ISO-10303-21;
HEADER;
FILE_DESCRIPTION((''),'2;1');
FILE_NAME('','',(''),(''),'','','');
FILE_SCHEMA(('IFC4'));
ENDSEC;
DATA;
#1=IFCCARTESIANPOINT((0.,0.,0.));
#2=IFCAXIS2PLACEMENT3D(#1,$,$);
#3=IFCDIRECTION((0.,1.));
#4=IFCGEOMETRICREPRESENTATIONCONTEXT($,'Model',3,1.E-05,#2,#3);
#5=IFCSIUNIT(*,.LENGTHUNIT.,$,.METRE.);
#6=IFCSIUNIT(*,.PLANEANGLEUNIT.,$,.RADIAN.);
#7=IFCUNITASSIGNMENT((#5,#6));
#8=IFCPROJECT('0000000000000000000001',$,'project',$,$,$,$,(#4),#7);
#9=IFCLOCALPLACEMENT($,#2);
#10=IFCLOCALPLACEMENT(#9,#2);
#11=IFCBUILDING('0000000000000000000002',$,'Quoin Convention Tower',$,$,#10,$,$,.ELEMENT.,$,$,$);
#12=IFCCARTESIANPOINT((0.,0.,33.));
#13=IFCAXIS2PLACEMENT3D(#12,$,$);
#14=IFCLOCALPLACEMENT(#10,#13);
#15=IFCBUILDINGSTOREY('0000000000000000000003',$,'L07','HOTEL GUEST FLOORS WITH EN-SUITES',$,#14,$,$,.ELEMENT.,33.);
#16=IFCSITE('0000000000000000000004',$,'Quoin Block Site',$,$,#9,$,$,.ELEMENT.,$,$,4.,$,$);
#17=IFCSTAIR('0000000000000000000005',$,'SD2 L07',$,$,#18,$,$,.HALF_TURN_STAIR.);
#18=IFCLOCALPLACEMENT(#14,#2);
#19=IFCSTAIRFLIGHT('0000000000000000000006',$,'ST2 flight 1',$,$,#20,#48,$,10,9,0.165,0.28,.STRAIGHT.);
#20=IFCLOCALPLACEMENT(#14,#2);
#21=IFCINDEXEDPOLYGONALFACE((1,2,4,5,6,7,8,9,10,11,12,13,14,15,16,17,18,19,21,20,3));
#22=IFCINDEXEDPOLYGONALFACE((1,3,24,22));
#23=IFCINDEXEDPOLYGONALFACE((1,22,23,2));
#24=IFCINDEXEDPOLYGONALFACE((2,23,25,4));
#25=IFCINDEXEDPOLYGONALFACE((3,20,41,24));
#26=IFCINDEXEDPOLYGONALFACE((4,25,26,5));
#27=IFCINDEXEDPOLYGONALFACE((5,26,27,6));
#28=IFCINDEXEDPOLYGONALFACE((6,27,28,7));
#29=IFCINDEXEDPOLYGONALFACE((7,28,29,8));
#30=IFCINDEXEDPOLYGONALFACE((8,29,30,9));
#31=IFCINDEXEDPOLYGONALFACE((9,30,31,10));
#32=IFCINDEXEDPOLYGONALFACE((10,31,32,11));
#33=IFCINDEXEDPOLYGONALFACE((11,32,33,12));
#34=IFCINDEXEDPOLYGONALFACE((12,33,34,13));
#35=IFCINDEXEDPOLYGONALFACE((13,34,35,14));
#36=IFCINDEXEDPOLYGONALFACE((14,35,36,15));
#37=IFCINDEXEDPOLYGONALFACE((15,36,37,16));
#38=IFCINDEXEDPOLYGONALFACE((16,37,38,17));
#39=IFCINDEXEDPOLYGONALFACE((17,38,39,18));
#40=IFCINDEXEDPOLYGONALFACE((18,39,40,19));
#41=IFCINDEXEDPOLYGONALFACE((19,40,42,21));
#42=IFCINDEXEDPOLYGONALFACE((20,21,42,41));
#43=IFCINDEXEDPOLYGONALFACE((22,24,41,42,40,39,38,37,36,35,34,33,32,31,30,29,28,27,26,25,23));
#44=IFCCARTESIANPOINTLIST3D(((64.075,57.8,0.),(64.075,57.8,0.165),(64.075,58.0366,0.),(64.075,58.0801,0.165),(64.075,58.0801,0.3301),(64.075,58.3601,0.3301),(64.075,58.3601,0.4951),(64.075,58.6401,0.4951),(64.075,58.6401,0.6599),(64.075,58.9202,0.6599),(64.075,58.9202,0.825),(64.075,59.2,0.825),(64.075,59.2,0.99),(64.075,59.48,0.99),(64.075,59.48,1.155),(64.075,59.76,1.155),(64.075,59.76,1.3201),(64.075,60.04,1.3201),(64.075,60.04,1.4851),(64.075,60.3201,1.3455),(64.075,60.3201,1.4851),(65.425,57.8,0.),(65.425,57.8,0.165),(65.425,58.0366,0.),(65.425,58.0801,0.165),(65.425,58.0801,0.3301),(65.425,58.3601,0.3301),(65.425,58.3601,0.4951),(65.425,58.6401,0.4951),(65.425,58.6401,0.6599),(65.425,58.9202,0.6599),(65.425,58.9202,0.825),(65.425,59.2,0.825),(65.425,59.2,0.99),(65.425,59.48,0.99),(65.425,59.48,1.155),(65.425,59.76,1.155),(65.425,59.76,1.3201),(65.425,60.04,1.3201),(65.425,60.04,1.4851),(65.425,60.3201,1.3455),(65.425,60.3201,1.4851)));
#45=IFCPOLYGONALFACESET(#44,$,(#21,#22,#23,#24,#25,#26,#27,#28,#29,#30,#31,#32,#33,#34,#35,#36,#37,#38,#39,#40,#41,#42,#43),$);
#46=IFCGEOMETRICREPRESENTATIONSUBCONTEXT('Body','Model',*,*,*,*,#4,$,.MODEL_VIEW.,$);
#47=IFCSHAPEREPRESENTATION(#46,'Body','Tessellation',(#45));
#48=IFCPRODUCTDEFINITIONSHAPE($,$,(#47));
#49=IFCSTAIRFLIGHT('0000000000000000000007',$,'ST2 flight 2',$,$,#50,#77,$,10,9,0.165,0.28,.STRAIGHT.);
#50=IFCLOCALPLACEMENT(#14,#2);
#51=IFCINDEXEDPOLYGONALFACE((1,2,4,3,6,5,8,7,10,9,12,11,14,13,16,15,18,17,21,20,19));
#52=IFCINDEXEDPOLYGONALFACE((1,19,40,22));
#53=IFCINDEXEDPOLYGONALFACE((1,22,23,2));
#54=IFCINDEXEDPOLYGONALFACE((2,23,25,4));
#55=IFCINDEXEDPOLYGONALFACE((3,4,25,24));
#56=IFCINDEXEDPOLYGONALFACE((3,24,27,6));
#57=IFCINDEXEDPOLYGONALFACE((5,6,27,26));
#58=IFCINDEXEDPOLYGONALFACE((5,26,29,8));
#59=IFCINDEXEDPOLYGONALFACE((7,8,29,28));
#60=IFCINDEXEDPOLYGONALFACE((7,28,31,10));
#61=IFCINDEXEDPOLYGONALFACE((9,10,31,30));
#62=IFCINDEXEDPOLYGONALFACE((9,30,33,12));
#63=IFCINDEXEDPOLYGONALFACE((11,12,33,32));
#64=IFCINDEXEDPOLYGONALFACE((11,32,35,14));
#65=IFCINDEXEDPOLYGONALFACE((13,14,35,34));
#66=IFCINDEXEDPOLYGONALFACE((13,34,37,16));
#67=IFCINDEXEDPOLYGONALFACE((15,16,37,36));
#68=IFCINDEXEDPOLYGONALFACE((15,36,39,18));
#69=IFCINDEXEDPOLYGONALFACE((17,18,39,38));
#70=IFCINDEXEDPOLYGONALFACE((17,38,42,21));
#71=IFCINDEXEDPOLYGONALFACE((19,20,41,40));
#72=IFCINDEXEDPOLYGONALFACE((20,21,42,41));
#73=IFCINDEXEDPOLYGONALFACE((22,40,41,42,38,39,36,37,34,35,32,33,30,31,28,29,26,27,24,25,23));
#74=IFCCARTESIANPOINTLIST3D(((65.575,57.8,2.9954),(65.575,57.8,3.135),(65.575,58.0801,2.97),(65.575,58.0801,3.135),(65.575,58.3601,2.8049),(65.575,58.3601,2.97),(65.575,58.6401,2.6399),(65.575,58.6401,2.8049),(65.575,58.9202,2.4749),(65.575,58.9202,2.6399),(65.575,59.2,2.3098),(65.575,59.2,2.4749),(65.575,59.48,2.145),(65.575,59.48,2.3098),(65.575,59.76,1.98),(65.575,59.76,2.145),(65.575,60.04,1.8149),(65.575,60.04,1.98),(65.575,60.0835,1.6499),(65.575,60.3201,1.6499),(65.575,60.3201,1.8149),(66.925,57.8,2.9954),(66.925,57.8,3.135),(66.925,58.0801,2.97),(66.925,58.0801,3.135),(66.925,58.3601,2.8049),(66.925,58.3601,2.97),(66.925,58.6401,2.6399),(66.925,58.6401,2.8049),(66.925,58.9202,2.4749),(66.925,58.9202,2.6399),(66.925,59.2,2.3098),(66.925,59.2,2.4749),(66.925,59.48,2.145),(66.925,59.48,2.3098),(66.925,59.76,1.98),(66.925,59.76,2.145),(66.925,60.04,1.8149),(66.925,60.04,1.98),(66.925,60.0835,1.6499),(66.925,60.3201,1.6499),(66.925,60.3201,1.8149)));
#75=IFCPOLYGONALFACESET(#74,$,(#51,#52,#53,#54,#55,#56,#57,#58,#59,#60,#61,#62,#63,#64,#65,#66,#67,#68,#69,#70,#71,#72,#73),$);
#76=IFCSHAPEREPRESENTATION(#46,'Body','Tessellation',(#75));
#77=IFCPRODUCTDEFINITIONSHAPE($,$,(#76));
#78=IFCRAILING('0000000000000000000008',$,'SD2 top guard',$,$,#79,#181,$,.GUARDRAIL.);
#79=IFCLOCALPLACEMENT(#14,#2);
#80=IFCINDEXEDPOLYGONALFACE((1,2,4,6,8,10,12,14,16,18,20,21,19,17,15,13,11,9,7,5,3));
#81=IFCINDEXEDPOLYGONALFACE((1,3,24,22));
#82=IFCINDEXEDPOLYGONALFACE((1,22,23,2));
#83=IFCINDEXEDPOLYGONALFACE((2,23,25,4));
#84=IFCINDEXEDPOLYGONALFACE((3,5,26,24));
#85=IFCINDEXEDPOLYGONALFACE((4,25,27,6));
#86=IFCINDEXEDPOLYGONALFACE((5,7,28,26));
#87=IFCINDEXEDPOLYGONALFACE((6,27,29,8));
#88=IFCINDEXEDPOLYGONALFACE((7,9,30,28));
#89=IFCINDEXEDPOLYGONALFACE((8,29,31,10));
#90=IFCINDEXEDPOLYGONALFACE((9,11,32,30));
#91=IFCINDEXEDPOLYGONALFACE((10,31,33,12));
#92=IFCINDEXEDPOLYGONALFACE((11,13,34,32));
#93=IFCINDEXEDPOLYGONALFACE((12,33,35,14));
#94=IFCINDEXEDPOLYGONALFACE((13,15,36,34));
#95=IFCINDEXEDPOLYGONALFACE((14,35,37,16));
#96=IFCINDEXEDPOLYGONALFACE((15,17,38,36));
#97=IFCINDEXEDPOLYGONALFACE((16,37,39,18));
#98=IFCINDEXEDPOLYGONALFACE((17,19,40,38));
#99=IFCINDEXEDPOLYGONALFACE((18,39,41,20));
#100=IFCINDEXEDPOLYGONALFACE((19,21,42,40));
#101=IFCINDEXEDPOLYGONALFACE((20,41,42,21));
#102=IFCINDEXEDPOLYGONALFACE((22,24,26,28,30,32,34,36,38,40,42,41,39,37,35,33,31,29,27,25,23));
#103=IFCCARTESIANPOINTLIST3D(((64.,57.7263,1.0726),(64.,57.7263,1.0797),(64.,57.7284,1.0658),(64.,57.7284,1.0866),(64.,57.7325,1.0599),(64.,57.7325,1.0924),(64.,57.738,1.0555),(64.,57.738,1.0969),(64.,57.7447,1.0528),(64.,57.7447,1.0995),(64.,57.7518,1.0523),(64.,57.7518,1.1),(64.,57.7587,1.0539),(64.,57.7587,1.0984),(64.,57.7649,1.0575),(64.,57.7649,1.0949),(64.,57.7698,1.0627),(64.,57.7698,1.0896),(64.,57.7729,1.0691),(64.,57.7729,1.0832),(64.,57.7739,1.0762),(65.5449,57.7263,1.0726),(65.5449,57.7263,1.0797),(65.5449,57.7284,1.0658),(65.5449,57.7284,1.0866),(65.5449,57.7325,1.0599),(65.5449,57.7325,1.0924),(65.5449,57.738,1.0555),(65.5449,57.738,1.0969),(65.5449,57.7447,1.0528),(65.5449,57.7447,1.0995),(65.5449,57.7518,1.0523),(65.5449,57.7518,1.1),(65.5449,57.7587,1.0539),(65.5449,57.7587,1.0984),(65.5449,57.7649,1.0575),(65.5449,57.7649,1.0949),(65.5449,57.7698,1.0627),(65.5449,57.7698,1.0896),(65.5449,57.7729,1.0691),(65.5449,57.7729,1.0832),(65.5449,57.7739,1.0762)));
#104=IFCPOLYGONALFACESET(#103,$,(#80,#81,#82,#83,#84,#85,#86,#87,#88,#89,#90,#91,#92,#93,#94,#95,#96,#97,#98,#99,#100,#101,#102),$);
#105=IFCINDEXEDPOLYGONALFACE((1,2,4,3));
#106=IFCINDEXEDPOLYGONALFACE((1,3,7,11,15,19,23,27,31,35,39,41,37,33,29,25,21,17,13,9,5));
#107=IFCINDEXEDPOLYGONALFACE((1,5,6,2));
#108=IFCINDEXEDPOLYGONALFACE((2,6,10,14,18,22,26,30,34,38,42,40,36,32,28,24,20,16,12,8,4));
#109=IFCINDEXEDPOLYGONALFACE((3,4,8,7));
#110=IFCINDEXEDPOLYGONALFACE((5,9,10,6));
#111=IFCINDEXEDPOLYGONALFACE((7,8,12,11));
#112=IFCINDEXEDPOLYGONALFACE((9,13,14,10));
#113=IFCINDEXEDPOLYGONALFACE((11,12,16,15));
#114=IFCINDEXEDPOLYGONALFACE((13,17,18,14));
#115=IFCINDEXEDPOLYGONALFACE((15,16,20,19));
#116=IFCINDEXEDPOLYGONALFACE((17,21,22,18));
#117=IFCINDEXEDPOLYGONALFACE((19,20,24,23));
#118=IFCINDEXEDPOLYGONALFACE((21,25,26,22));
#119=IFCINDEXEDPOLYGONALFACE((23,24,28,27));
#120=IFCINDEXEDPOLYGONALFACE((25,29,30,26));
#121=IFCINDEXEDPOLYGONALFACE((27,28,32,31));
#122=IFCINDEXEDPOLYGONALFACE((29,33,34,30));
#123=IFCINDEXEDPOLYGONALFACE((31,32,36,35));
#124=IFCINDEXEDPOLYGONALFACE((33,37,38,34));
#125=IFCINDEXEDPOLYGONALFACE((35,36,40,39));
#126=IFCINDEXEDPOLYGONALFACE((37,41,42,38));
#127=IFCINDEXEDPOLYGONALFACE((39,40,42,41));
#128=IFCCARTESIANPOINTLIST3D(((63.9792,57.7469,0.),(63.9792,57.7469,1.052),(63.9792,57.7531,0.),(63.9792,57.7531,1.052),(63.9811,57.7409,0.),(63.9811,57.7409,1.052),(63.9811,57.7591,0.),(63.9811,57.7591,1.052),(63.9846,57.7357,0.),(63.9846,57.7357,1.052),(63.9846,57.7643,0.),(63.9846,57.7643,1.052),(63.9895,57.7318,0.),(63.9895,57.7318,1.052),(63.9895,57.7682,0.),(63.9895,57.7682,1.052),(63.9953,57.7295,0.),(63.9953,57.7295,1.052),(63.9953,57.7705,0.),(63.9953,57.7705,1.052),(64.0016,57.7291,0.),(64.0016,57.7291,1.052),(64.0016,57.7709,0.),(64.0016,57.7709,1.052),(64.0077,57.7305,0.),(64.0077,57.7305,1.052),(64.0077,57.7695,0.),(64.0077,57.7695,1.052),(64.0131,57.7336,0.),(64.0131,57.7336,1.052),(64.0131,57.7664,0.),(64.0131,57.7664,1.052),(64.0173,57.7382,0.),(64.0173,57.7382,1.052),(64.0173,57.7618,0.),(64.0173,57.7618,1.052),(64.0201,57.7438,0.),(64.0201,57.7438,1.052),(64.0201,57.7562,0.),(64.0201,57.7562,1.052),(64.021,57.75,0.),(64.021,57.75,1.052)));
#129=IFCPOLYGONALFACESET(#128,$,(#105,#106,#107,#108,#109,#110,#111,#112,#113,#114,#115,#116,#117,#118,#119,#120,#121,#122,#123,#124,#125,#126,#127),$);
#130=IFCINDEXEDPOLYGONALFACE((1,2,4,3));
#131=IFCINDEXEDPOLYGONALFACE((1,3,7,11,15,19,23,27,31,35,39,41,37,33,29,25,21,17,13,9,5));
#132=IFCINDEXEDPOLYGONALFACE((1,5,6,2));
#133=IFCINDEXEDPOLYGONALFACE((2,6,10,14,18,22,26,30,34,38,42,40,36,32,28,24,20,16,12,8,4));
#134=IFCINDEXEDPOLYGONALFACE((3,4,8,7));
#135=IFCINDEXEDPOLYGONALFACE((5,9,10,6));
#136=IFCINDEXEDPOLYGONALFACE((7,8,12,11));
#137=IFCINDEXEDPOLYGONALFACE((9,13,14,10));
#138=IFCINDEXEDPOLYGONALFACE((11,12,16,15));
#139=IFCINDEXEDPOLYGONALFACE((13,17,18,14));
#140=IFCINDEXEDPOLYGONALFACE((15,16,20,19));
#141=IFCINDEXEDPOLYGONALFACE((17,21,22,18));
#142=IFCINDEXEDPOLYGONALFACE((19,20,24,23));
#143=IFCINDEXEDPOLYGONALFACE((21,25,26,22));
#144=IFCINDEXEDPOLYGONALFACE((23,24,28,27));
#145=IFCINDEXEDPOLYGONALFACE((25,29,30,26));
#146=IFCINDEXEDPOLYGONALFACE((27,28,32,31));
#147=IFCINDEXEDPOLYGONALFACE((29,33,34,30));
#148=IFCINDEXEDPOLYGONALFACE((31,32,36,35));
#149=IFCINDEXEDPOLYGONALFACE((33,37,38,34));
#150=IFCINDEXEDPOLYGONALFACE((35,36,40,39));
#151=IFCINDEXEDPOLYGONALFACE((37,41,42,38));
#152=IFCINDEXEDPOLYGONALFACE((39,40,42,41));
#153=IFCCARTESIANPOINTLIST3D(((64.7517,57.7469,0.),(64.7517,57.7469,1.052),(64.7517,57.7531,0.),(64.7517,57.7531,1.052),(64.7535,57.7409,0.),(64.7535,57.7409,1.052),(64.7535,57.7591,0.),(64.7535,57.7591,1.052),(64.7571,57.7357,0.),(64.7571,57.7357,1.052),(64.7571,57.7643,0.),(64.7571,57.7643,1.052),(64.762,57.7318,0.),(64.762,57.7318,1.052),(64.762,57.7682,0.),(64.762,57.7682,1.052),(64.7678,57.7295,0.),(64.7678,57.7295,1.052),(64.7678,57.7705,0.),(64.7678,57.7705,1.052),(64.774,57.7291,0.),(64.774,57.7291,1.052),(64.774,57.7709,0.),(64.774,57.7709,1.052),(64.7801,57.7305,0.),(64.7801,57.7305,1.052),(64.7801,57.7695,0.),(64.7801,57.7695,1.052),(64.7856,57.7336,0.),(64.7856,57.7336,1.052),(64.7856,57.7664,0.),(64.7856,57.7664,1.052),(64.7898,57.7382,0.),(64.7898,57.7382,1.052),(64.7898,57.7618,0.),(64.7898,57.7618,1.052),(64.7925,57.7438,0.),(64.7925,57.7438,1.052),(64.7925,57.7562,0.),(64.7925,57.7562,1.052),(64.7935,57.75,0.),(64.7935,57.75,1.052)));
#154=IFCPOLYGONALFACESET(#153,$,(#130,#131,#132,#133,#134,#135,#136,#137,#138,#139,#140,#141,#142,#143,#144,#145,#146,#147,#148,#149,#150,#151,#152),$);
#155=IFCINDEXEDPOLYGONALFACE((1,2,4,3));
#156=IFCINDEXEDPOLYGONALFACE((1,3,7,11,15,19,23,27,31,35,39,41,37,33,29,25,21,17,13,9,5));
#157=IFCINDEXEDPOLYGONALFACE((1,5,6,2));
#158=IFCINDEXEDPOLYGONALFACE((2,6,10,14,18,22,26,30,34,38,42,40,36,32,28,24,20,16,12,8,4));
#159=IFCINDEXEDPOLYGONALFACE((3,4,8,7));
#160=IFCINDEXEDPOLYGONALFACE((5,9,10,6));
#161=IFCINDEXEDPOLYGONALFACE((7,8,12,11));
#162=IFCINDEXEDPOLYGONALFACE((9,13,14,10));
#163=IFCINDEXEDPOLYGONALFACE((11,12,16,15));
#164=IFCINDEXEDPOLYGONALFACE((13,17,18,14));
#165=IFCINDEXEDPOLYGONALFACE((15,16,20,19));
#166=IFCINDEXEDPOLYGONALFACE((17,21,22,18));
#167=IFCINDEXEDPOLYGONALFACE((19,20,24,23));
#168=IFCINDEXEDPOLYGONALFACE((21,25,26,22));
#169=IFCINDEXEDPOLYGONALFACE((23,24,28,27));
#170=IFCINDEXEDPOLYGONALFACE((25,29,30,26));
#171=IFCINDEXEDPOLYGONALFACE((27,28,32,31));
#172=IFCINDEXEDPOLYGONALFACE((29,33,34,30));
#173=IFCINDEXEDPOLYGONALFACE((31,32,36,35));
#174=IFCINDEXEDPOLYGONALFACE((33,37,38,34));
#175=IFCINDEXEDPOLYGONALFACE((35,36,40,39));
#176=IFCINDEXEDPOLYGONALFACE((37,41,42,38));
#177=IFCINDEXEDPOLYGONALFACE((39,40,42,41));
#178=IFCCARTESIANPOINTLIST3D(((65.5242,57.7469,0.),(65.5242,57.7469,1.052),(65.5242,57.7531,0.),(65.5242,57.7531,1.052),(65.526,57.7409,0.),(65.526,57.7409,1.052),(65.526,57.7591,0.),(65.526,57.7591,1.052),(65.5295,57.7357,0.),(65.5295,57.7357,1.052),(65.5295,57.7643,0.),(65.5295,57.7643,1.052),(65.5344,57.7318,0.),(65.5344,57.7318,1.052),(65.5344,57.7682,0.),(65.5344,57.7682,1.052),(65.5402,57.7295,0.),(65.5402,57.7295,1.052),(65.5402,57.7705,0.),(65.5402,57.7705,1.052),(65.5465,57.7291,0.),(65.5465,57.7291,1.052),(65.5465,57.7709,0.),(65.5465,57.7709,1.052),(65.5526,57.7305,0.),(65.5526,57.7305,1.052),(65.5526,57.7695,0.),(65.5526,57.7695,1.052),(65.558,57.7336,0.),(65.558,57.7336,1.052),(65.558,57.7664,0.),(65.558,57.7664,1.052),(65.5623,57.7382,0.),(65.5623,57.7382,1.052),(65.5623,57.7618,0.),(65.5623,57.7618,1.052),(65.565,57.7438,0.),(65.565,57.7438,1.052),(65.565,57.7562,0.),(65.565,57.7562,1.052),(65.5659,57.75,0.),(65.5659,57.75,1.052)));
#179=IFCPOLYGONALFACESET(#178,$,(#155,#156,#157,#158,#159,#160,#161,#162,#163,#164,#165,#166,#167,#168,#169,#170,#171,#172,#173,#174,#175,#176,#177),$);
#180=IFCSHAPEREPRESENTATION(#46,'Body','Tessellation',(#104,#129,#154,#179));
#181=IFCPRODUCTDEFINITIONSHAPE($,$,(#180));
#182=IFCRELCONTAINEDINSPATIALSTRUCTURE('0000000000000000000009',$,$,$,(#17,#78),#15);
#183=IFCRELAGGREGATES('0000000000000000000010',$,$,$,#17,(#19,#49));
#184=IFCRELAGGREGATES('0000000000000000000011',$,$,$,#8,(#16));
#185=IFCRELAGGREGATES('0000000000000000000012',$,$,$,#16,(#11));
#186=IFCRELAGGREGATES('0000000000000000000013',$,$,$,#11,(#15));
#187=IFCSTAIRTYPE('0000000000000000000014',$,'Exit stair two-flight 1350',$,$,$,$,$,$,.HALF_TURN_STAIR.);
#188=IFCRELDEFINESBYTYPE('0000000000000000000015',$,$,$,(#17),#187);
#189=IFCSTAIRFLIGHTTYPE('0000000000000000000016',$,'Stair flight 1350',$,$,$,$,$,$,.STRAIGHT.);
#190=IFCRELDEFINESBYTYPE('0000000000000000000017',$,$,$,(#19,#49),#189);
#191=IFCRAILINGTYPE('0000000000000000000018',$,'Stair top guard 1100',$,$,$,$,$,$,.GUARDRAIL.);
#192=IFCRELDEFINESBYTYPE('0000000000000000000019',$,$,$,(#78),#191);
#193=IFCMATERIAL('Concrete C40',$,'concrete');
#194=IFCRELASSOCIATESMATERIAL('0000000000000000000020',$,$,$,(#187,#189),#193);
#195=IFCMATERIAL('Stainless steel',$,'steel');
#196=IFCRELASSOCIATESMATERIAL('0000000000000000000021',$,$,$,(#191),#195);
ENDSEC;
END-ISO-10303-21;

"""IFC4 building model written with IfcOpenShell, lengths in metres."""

from ifc_helpers import new_model, si_unit, direction, frame, origin, origin_2d, place, context, subcontext, project, spatial, polyline, circle, outline, extrude, material, type_object, element, aggregate, save


model = new_model("IFC4")

# Units and contexts
model_context = context("Model", 3, precision=1e-05, world=origin(), true_north=direction((0.0, 1.0)))
body_context = subcontext(model_context, "Body", "Model", "MODEL_VIEW")
ifc_project = project(units=[si_unit("LENGTHUNIT", "METRE"), si_unit("PLANEANGLEUNIT", "RADIAN")], contexts=[model_context])

# Site, building, storey
site_placement = place(None, origin())
site = spatial("IfcSite", under=ifc_project, at=site_placement, Name="Quoin Block Site", CompositionType="ELEMENT", RefElevation=4.0)
building_placement = place(site_placement, origin())
building = spatial("IfcBuilding", under=site, at=building_placement, Name="Quoin Convention Tower", CompositionType="ELEMENT")
storey_placement = place(building_placement, frame((0.0, 0.0, 33.0)))
storey = spatial("IfcBuildingStorey", under=building, at=storey_placement, Name="L07", Description="HOTEL GUEST FLOORS WITH EN-SUITES", CompositionType="ELEMENT", Elevation=33.0)

# Stair, stair flights
ifc_material_1 = material(Name="Concrete C40", Category="concrete")
stair_type = type_object("IfcStairType", Name="Exit stair two-flight 1350", PredefinedType="HALF_TURN_STAIR", material=ifc_material_1)
stair_placement = place(storey_placement, origin())
stair = element("IfcStair", 1, at=stair_placement, inside=storey, type_object=stair_type, Name="SD2 L07", PredefinedType="HALF_TURN_STAIR")
stair_flight_type = type_object("IfcStairFlightType", Name="Stair flight 1350", PredefinedType="STRAIGHT", material=ifc_material_1)
stair_flight_1_placement = place(storey_placement, frame((64.75, 57.8, 0.0), z_axis=(0.0, 0.0, 1.0), x_axis=(0.0, 1.0, 0.0)))
stair_flight_1 = element("IfcStairFlight", 2, at=stair_flight_1_placement, type_object=stair_flight_type, Name="ST2 flight 1", NumberOfRisers=10, NumberOfTreads=9, PredefinedType="STRAIGHT", RiserHeight=0.165, TreadLength=0.28, context=body_context, shape_type="SweptSolid", body=[
    extrude(outline(polyline([(0.0, 0.0), (0.0, 0.165), (0.28, 0.165), (0.28, 0.3301), (0.5601, 0.3301), (0.5601, 0.4951), (0.8401, 0.4951), (0.8401, 0.6599), (1.1201, 0.6599), (1.1201, 0.825), (1.3999, 0.825), (1.3999, 0.99), (1.6799, 0.99), (1.6799, 1.155), (1.96, 1.155), (1.96, 1.3201), (2.24, 1.3201), (2.24, 1.4851), (2.52, 1.4851), (2.52, 1.6499), (2.52, 1.3455), (0.2366, 0.0), (0.0, 0.0)])), frame((0.0, 0.675, 0.0), z_axis=(0.0, -1.0, 0.0), x_axis=(1.0, 0.0, 0.0)), (0.0, 0.0, 1.0), 1.3501),
])
stair_flight_2_placement = place(storey_placement, frame((66.25, 60.3201, 1.6499), z_axis=(0.0, 0.0, 1.0), x_axis=(0.0, -1.0, 0.0)))
stair_flight_2 = element("IfcStairFlight", 3, at=stair_flight_2_placement, type_object=stair_flight_type, Name="ST2 flight 2", NumberOfRisers=10, NumberOfTreads=9, PredefinedType="STRAIGHT", RiserHeight=0.165, TreadLength=0.28, context=body_context, shape_type="SweptSolid", body=[
    extrude(outline(polyline([(0.0, 0.0), (0.0, 0.165), (0.28, 0.165), (0.28, 0.3301), (0.5601, 0.3301), (0.5601, 0.4951), (0.8401, 0.4951), (0.8401, 0.6599), (1.1201, 0.6599), (1.1201, 0.825), (1.3999, 0.825), (1.3999, 0.99), (1.6799, 0.99), (1.6799, 1.155), (1.96, 1.155), (1.96, 1.3201), (2.24, 1.3201), (2.24, 1.4851), (2.52, 1.4851), (2.52, 1.6499), (2.52, 1.3455), (0.2366, 0.0), (0.0, 0.0)])), frame((0.0, 0.675, 0.0), z_axis=(0.0, -1.0, 0.0), x_axis=(1.0, 0.0, 0.0)), (0.0, 0.0, 1.0), 1.3501),
])
aggregate(stair, [stair_flight_1, stair_flight_2])

# Railing
ifc_material_2 = material(Name="Stainless steel", Category="steel")
railing_type_1 = type_object("IfcRailingType", Name="Stair top guard 1100", PredefinedType="GUARDRAIL", material=ifc_material_2)
railing_1_placement = place(storey_placement, frame((64.0, 57.75, 0.0)))
element("IfcRailing", 4, at=railing_1_placement, inside=storey, type_object=railing_type_1, Name="SD2 top guard", PredefinedType="GUARDRAIL", context=body_context, shape_type="SweptSolid", body=[
    extrude(circle(Radius=0.0239, at=origin_2d()), frame((0.0, 0.0, 1.0762), z_axis=(1.0, 0.0, 0.0), x_axis=(0.0, 1.0, 0.0)), (0.0, 0.0, 1.0), 1.5449),
    extrude(circle(Radius=0.021, at=origin_2d()), origin(), (0.0, 0.0, 1.0), 1.052),
    extrude(circle(Radius=0.021, at=origin_2d()), frame((0.7725, 0.0, 0.0)), (0.0, 0.0, 1.0), 1.052),
    extrude(circle(Radius=0.021, at=origin_2d()), frame((1.5449, 0.0, 0.0)), (0.0, 0.0, 1.0), 1.052),
])

save(model, "model.ifc")
